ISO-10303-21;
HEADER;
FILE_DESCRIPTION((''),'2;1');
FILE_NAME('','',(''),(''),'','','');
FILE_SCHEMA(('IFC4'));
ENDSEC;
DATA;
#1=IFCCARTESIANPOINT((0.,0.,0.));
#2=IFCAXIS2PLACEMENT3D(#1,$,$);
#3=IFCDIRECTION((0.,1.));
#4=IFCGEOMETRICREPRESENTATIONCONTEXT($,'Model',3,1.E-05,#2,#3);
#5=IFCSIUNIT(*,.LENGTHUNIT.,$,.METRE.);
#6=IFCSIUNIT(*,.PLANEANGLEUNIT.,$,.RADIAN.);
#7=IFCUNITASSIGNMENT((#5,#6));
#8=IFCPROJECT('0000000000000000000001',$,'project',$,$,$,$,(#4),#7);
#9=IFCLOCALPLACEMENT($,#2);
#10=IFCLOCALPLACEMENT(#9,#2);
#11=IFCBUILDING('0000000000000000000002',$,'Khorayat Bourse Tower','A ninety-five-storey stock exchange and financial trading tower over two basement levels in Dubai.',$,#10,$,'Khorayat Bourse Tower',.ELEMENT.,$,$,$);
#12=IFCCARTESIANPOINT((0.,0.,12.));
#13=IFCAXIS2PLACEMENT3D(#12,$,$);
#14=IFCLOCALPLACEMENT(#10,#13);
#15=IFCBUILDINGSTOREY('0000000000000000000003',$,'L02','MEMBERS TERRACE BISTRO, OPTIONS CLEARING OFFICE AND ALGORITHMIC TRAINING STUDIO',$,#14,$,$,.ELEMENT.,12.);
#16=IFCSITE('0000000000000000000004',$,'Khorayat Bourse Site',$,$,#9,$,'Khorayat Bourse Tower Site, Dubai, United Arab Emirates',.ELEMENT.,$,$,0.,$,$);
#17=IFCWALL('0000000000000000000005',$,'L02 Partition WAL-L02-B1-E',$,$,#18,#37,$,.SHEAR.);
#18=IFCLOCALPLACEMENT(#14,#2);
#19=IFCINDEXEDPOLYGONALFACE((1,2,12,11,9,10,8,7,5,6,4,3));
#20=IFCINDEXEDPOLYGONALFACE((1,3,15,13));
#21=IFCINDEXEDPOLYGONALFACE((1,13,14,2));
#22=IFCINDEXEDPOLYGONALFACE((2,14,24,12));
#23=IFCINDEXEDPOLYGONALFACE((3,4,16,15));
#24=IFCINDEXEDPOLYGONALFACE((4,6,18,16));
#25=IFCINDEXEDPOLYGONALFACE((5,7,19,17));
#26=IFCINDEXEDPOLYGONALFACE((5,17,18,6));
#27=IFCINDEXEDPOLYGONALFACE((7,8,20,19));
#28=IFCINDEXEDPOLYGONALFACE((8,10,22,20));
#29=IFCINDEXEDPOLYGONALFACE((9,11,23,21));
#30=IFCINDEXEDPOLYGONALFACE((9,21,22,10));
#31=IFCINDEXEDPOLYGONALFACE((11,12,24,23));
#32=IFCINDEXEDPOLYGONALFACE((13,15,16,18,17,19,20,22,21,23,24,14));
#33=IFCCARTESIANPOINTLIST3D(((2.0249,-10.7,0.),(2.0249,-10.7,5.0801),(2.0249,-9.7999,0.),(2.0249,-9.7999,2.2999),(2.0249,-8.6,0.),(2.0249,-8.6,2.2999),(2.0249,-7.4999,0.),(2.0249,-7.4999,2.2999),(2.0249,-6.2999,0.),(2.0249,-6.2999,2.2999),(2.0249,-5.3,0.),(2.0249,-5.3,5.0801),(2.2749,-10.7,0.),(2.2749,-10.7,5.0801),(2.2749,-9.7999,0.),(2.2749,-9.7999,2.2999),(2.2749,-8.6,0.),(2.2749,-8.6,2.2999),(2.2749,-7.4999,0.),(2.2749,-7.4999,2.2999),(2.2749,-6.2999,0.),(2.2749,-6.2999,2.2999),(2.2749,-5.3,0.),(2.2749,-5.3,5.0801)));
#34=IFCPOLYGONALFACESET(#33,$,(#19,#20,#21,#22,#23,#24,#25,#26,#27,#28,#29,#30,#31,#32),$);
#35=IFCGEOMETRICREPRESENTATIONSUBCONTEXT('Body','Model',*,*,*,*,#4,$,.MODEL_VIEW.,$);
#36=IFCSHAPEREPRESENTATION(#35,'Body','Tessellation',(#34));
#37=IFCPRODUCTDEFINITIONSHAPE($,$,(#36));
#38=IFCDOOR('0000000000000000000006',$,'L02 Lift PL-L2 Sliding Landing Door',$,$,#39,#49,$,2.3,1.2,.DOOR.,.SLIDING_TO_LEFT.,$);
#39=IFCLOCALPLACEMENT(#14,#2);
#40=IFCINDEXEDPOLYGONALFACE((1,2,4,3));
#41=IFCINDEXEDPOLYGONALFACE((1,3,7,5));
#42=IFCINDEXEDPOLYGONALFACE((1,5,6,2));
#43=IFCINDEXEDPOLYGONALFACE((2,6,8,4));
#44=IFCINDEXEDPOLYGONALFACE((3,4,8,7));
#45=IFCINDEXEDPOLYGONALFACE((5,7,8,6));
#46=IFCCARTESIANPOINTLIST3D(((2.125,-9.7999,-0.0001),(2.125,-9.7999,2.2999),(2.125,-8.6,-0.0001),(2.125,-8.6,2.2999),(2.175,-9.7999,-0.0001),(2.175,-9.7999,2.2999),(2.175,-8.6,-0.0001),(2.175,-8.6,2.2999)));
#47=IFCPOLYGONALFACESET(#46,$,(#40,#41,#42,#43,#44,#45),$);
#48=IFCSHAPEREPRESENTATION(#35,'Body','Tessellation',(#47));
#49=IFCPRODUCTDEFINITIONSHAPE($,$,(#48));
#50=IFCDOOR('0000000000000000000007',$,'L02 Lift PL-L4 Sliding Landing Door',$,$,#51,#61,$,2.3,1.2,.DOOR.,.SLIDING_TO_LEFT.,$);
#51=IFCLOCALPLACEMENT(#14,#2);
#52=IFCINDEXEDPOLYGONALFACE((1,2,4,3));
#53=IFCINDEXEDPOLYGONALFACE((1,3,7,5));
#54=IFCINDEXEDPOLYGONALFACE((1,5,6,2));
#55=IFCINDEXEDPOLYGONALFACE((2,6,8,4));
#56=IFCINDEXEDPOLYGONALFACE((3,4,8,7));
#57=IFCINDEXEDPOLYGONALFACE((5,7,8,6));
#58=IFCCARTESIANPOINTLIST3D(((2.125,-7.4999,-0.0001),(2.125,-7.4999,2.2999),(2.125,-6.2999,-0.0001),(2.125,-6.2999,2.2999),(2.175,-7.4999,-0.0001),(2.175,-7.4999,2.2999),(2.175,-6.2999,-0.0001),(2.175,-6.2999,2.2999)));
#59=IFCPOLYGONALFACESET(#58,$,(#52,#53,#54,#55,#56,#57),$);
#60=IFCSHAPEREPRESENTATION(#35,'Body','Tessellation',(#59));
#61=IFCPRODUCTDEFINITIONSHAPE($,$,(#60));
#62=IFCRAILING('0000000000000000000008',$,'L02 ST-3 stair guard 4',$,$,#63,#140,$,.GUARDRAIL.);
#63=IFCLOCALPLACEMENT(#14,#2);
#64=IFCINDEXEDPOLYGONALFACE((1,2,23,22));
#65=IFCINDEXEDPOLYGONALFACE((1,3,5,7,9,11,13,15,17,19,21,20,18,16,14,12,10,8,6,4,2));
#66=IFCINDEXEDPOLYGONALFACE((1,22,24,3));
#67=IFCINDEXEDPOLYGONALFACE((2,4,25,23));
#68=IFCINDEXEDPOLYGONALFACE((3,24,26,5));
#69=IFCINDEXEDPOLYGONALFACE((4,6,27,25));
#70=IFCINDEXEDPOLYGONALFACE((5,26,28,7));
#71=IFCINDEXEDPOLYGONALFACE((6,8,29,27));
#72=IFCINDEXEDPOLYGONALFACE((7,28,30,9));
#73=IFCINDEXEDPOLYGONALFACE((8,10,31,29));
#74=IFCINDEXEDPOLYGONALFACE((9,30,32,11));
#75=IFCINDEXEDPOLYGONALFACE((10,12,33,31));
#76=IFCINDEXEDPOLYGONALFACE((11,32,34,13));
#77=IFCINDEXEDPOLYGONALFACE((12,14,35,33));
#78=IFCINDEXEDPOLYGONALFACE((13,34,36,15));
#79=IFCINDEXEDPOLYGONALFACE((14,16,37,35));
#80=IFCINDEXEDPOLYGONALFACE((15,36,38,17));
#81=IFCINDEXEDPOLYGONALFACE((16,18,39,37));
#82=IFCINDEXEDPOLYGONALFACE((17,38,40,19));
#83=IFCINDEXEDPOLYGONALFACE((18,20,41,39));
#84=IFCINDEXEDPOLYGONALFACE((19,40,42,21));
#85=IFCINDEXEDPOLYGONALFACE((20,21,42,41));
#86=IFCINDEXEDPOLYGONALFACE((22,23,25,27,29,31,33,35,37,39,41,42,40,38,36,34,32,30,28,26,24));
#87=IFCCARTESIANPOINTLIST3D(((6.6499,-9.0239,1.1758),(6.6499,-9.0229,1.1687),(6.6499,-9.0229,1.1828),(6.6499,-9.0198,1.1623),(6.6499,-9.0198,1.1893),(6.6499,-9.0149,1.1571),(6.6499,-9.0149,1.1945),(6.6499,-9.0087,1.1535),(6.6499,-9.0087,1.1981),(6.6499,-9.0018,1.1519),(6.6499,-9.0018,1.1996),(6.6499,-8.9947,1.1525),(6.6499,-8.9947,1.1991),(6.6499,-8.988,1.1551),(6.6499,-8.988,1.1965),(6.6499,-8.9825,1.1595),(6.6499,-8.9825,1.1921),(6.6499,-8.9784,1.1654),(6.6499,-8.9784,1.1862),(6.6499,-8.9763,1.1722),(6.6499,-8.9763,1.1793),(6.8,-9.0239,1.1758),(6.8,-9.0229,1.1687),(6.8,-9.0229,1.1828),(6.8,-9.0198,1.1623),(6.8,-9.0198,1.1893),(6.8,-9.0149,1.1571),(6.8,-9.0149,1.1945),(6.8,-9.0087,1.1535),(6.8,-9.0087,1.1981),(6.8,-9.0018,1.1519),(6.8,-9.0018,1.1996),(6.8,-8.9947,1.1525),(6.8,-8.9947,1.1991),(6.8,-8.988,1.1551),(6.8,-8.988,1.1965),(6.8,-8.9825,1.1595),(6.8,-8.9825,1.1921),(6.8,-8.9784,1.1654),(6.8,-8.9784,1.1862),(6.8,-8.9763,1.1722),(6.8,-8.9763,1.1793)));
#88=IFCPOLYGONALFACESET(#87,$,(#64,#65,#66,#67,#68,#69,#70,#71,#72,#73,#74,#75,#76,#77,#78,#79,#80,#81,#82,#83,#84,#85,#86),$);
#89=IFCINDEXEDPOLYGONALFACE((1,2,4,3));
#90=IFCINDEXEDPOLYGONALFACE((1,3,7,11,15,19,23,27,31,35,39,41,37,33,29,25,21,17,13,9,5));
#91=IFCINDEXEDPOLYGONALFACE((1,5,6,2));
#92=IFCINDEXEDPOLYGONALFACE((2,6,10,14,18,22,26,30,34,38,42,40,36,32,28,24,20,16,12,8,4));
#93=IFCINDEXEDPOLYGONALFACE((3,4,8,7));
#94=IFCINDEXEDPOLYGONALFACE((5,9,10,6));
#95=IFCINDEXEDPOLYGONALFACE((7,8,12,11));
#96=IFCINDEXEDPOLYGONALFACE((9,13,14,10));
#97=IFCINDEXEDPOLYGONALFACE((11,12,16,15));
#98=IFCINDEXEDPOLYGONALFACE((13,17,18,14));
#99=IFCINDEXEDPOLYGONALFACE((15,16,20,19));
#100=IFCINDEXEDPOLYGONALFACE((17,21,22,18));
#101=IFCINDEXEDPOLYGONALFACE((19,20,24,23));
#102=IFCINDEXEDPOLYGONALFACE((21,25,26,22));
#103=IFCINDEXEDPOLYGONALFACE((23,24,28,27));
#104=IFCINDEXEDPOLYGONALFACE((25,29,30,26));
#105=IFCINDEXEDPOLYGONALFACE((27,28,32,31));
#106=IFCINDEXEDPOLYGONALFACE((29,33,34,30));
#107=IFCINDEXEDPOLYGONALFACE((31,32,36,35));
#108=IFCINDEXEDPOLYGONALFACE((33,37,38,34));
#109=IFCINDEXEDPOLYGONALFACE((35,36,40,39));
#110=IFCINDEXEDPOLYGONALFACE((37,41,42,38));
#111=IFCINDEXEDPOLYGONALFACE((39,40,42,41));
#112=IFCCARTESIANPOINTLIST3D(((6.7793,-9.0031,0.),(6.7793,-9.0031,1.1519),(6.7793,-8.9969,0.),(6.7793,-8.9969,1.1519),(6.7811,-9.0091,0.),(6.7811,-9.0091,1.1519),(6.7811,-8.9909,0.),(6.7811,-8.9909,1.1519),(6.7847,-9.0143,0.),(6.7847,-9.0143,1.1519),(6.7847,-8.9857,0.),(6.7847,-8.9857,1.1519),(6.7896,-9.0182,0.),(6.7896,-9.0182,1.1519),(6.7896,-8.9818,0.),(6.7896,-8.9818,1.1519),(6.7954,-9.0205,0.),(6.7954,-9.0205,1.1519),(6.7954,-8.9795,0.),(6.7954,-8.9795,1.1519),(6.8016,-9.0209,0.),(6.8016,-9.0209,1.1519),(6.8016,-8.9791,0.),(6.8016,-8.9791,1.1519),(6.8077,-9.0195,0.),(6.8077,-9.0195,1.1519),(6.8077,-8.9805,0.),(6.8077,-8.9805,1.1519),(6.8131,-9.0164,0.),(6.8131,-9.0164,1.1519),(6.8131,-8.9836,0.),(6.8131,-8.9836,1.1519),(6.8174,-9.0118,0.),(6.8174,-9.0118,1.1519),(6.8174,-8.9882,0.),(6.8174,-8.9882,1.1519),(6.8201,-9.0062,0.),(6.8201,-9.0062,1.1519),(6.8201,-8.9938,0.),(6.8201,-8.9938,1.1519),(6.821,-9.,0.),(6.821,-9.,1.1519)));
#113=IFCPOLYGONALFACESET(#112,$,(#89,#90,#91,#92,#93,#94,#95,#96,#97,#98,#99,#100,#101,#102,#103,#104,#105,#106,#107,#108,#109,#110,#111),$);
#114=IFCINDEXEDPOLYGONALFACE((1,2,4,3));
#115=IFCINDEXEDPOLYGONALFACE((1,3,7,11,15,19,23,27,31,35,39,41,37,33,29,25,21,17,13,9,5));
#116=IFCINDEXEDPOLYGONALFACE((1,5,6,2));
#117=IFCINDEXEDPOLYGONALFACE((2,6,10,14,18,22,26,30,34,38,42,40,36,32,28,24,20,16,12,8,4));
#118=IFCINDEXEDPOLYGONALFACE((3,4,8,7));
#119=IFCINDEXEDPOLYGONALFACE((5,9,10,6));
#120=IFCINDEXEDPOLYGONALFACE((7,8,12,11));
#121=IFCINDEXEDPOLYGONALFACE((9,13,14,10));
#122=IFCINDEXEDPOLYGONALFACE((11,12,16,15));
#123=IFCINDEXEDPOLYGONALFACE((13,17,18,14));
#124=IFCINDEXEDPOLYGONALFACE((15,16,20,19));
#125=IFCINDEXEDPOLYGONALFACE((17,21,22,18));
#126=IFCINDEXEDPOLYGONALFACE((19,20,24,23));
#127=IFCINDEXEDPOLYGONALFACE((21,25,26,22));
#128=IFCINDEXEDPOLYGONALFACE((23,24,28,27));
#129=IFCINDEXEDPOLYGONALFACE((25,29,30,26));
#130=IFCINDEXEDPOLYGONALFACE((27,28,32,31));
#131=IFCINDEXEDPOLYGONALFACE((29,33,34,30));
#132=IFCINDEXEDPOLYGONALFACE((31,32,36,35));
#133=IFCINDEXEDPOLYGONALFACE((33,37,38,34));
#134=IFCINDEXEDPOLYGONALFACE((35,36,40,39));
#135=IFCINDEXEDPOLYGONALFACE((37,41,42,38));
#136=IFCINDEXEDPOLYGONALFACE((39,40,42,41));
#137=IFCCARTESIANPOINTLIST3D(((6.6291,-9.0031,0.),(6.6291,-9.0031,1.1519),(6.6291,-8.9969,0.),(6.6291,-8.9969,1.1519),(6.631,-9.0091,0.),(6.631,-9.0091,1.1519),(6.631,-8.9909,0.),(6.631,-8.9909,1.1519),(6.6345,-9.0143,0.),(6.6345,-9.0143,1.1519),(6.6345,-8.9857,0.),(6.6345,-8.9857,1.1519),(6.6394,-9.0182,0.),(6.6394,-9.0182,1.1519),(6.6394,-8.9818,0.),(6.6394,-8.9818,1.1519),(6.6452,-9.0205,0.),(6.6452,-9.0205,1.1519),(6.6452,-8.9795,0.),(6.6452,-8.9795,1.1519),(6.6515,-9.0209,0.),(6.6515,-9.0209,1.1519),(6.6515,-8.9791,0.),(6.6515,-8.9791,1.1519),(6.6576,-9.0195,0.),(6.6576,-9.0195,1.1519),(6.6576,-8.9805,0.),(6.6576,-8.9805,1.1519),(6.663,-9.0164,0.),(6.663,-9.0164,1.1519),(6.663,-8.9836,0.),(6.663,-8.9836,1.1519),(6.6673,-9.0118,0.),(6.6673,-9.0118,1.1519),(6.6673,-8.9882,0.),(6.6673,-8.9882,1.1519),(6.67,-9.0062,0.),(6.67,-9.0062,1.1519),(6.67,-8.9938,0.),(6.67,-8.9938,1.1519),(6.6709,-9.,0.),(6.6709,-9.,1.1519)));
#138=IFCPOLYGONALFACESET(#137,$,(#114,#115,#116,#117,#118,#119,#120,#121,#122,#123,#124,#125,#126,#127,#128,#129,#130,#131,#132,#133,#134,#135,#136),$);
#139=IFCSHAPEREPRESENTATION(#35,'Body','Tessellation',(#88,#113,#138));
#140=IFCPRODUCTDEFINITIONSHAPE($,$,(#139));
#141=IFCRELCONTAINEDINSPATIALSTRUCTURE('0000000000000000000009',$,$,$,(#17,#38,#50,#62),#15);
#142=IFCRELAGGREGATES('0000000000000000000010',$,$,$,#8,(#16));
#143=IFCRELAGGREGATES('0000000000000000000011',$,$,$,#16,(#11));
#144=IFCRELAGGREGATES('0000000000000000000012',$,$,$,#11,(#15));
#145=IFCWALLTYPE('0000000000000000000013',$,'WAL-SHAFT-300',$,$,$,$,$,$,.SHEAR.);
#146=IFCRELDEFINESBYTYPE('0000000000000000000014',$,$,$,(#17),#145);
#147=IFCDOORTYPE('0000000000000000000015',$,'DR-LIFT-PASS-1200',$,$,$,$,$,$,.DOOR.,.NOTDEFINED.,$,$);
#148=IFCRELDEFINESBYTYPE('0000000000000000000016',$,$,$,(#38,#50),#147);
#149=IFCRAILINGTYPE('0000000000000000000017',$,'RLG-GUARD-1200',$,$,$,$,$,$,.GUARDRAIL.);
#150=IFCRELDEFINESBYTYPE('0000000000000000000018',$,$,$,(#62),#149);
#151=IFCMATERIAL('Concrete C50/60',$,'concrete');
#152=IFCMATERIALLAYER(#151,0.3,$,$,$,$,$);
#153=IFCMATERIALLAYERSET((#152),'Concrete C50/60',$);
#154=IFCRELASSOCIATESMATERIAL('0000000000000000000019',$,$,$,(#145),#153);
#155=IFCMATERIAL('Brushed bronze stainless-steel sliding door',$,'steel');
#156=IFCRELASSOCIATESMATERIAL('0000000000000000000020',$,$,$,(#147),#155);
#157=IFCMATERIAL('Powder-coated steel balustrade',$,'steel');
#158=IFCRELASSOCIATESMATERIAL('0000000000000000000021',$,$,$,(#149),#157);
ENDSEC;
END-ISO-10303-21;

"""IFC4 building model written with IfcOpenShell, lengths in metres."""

from ifc_helpers import new_model, si_unit, direction, frame, frame_2d, origin, origin_2d, place, context, subcontext, project, spatial, rectangle, circle, extrude, source, transform, mapped, material, layer, layer_set, type_object, element, fill, save


model = new_model("IFC4")

# Units and contexts
model_context = context("Model", 3, precision=1e-05, world=origin(), true_north=direction((0.0, 1.0)))
body_context = subcontext(model_context, "Body", "Model", "MODEL_VIEW")
ifc_project = project(units=[si_unit("LENGTHUNIT", "METRE"), si_unit("PLANEANGLEUNIT", "RADIAN")], contexts=[model_context])

# Site, building, storey
site_placement = place(None, origin())
site = spatial("IfcSite", under=ifc_project, at=site_placement, Name="Khorayat Bourse Site", LongName="Khorayat Bourse Tower Site, Dubai, United Arab Emirates", CompositionType="ELEMENT", RefElevation=0.0)
building_placement = place(site_placement, origin())
building = spatial("IfcBuilding", under=site, at=building_placement, Name="Khorayat Bourse Tower", Description="A ninety-five-storey stock exchange and financial trading tower over two basement levels in Dubai.", LongName="Khorayat Bourse Tower", CompositionType="ELEMENT")
storey_placement = place(building_placement, frame((0.0, 0.0, 12.0)))
storey = spatial("IfcBuildingStorey", under=building, at=storey_placement, Name="L02", Description="MEMBERS TERRACE BISTRO, OPTIONS CLEARING OFFICE AND ALGORITHMIC TRAINING STUDIO", CompositionType="ELEMENT", Elevation=12.0)

# Wall, openings, doors
ifc_material_1 = material(Name="Concrete C50/60", Category="concrete")
ifc_layer_1 = layer(ifc_material_1, 0.3)
ifc_layer_set_1 = layer_set([ifc_layer_1], Name="Concrete C50/60")
wall_type_1 = type_object("IfcWallType", Name="WAL-SHAFT-300", PredefinedType="SHEAR", material=ifc_layer_set_1)
shared_shape_1 = source(origin(), body_context, "Body", "SweptSolid", [
    extrude(rectangle(XDim=5.3999, YDim=0.25, at=frame_2d((2.7, 0.0))), origin(), (0.0, 0.0, 1.0), 5.0801),
])
wall_1_placement = place(storey_placement, frame((2.1499, -10.7, 0.0), z_axis=(0.0, 0.0, 1.0), x_axis=(0.0, 1.0, 0.0)))
wall_1 = element("IfcWall", 1, at=wall_1_placement, inside=storey, type_object=wall_type_1, Name="L02 Partition WAL-L02-B1-E", PredefinedType="SHEAR", context=body_context, shape_type="MappedRepresentation", body=[
    mapped(shared_shape_1, transform((0.0, 0.0, 0.0), scale=1.0)),
])
shared_shape_2 = source(origin(), body_context, "Body", "SweptSolid", [
    extrude(rectangle(XDim=1.2, YDim=2.3, at=frame_2d((0.6001, 1.1499))), frame((0.0, 0.135, 0.0), z_axis=(0.0, -1.0, 0.0), x_axis=(1.0, 0.0, 0.0)), (0.0, 0.0, 1.0), 0.27),
])
opening_1_placement = place(wall_1_placement, frame((0.8999, 0.0, 0.0)))
opening_1 = element("IfcOpeningElement", 2, at=opening_1_placement, cuts=wall_1, PredefinedType="OPENING", context=body_context, shape_type="MappedRepresentation", body=[
    mapped(shared_shape_2, transform((0.0, 0.0, 0.0), scale=1.0)),
])
opening_2_placement = place(wall_1_placement, frame((3.2, 0.0, 0.0)))
opening_2 = element("IfcOpeningElement", 3, at=opening_2_placement, cuts=wall_1, PredefinedType="OPENING", context=body_context, shape_type="MappedRepresentation", body=[
    mapped(shared_shape_2, transform((0.0, 0.0, 0.0), scale=1.0)),
])
ifc_material_2 = material(Name="Brushed bronze stainless-steel sliding door", Category="steel")
door_type_1 = type_object("IfcDoorType", Name="DR-LIFT-PASS-1200", OperationType="NOTDEFINED", PredefinedType="DOOR", material=ifc_material_2)
shared_shape_3 = source(origin(), body_context, "Body", "SweptSolid", [
    extrude(rectangle(XDim=1.2, YDim=2.3, at=frame_2d((0.6001, 1.1499))), frame((0.0, 0.0249, 0.0), z_axis=(0.0, -1.0, 0.0), x_axis=(1.0, 0.0, 0.0)), (0.0, 0.0, 1.0), 0.05),
])
door_1_placement = place(opening_1_placement, origin())
door_1 = element("IfcDoor", 4, at=door_1_placement, inside=storey, type_object=door_type_1, Name="L02 Lift PL-L2 Sliding Landing Door", OperationType="SLIDING_TO_LEFT", OverallHeight=2.3, OverallWidth=1.2, PredefinedType="DOOR", context=body_context, shape_type="MappedRepresentation", body=[
    mapped(shared_shape_3, transform((0.0, 0.0, 0.0), scale=1.0)),
])
fill(opening_1, door_1)
door_2_placement = place(opening_2_placement, origin())
door_2 = element("IfcDoor", 5, at=door_2_placement, inside=storey, type_object=door_type_1, Name="L02 Lift PL-L4 Sliding Landing Door", OperationType="SLIDING_TO_LEFT", OverallHeight=2.3, OverallWidth=1.2, PredefinedType="DOOR", context=body_context, shape_type="MappedRepresentation", body=[
    mapped(shared_shape_3, transform((0.0, 0.0, 0.0), scale=1.0)),
])
fill(opening_2, door_2)

# Railing
ifc_material_3 = material(Name="Powder-coated steel balustrade", Category="steel")
railing_type = type_object("IfcRailingType", Name="RLG-GUARD-1200", PredefinedType="GUARDRAIL", material=ifc_material_3)
shared_shape_4 = source(origin(), body_context, "Body", "SweptSolid", [
    extrude(circle(Radius=0.0239, at=origin_2d()), frame((0.0, 0.0, 1.1758), z_axis=(-1.0, 0.0, 0.0), x_axis=(0.0, -1.0, 0.0)), (0.0, 0.0, 1.0), 0.1501),
    extrude(circle(Radius=0.021, at=origin_2d()), origin(), (0.0, 0.0, 1.0), 1.1519),
    extrude(circle(Radius=0.021, at=origin_2d()), frame((-0.1501, 0.0, 0.0)), (0.0, 0.0, 1.0), 1.1519),
])
railing_1_placement = place(storey_placement, frame((6.8, -9.0, 0.0)))
element("IfcRailing", 6, at=railing_1_placement, inside=storey, type_object=railing_type, Name="L02 ST-3 stair guard 4", PredefinedType="GUARDRAIL", context=body_context, shape_type="MappedRepresentation", body=[
    mapped(shared_shape_4, transform((0.0, 0.0, 0.0), scale=1.0)),
])

save(model, "model.ifc")
